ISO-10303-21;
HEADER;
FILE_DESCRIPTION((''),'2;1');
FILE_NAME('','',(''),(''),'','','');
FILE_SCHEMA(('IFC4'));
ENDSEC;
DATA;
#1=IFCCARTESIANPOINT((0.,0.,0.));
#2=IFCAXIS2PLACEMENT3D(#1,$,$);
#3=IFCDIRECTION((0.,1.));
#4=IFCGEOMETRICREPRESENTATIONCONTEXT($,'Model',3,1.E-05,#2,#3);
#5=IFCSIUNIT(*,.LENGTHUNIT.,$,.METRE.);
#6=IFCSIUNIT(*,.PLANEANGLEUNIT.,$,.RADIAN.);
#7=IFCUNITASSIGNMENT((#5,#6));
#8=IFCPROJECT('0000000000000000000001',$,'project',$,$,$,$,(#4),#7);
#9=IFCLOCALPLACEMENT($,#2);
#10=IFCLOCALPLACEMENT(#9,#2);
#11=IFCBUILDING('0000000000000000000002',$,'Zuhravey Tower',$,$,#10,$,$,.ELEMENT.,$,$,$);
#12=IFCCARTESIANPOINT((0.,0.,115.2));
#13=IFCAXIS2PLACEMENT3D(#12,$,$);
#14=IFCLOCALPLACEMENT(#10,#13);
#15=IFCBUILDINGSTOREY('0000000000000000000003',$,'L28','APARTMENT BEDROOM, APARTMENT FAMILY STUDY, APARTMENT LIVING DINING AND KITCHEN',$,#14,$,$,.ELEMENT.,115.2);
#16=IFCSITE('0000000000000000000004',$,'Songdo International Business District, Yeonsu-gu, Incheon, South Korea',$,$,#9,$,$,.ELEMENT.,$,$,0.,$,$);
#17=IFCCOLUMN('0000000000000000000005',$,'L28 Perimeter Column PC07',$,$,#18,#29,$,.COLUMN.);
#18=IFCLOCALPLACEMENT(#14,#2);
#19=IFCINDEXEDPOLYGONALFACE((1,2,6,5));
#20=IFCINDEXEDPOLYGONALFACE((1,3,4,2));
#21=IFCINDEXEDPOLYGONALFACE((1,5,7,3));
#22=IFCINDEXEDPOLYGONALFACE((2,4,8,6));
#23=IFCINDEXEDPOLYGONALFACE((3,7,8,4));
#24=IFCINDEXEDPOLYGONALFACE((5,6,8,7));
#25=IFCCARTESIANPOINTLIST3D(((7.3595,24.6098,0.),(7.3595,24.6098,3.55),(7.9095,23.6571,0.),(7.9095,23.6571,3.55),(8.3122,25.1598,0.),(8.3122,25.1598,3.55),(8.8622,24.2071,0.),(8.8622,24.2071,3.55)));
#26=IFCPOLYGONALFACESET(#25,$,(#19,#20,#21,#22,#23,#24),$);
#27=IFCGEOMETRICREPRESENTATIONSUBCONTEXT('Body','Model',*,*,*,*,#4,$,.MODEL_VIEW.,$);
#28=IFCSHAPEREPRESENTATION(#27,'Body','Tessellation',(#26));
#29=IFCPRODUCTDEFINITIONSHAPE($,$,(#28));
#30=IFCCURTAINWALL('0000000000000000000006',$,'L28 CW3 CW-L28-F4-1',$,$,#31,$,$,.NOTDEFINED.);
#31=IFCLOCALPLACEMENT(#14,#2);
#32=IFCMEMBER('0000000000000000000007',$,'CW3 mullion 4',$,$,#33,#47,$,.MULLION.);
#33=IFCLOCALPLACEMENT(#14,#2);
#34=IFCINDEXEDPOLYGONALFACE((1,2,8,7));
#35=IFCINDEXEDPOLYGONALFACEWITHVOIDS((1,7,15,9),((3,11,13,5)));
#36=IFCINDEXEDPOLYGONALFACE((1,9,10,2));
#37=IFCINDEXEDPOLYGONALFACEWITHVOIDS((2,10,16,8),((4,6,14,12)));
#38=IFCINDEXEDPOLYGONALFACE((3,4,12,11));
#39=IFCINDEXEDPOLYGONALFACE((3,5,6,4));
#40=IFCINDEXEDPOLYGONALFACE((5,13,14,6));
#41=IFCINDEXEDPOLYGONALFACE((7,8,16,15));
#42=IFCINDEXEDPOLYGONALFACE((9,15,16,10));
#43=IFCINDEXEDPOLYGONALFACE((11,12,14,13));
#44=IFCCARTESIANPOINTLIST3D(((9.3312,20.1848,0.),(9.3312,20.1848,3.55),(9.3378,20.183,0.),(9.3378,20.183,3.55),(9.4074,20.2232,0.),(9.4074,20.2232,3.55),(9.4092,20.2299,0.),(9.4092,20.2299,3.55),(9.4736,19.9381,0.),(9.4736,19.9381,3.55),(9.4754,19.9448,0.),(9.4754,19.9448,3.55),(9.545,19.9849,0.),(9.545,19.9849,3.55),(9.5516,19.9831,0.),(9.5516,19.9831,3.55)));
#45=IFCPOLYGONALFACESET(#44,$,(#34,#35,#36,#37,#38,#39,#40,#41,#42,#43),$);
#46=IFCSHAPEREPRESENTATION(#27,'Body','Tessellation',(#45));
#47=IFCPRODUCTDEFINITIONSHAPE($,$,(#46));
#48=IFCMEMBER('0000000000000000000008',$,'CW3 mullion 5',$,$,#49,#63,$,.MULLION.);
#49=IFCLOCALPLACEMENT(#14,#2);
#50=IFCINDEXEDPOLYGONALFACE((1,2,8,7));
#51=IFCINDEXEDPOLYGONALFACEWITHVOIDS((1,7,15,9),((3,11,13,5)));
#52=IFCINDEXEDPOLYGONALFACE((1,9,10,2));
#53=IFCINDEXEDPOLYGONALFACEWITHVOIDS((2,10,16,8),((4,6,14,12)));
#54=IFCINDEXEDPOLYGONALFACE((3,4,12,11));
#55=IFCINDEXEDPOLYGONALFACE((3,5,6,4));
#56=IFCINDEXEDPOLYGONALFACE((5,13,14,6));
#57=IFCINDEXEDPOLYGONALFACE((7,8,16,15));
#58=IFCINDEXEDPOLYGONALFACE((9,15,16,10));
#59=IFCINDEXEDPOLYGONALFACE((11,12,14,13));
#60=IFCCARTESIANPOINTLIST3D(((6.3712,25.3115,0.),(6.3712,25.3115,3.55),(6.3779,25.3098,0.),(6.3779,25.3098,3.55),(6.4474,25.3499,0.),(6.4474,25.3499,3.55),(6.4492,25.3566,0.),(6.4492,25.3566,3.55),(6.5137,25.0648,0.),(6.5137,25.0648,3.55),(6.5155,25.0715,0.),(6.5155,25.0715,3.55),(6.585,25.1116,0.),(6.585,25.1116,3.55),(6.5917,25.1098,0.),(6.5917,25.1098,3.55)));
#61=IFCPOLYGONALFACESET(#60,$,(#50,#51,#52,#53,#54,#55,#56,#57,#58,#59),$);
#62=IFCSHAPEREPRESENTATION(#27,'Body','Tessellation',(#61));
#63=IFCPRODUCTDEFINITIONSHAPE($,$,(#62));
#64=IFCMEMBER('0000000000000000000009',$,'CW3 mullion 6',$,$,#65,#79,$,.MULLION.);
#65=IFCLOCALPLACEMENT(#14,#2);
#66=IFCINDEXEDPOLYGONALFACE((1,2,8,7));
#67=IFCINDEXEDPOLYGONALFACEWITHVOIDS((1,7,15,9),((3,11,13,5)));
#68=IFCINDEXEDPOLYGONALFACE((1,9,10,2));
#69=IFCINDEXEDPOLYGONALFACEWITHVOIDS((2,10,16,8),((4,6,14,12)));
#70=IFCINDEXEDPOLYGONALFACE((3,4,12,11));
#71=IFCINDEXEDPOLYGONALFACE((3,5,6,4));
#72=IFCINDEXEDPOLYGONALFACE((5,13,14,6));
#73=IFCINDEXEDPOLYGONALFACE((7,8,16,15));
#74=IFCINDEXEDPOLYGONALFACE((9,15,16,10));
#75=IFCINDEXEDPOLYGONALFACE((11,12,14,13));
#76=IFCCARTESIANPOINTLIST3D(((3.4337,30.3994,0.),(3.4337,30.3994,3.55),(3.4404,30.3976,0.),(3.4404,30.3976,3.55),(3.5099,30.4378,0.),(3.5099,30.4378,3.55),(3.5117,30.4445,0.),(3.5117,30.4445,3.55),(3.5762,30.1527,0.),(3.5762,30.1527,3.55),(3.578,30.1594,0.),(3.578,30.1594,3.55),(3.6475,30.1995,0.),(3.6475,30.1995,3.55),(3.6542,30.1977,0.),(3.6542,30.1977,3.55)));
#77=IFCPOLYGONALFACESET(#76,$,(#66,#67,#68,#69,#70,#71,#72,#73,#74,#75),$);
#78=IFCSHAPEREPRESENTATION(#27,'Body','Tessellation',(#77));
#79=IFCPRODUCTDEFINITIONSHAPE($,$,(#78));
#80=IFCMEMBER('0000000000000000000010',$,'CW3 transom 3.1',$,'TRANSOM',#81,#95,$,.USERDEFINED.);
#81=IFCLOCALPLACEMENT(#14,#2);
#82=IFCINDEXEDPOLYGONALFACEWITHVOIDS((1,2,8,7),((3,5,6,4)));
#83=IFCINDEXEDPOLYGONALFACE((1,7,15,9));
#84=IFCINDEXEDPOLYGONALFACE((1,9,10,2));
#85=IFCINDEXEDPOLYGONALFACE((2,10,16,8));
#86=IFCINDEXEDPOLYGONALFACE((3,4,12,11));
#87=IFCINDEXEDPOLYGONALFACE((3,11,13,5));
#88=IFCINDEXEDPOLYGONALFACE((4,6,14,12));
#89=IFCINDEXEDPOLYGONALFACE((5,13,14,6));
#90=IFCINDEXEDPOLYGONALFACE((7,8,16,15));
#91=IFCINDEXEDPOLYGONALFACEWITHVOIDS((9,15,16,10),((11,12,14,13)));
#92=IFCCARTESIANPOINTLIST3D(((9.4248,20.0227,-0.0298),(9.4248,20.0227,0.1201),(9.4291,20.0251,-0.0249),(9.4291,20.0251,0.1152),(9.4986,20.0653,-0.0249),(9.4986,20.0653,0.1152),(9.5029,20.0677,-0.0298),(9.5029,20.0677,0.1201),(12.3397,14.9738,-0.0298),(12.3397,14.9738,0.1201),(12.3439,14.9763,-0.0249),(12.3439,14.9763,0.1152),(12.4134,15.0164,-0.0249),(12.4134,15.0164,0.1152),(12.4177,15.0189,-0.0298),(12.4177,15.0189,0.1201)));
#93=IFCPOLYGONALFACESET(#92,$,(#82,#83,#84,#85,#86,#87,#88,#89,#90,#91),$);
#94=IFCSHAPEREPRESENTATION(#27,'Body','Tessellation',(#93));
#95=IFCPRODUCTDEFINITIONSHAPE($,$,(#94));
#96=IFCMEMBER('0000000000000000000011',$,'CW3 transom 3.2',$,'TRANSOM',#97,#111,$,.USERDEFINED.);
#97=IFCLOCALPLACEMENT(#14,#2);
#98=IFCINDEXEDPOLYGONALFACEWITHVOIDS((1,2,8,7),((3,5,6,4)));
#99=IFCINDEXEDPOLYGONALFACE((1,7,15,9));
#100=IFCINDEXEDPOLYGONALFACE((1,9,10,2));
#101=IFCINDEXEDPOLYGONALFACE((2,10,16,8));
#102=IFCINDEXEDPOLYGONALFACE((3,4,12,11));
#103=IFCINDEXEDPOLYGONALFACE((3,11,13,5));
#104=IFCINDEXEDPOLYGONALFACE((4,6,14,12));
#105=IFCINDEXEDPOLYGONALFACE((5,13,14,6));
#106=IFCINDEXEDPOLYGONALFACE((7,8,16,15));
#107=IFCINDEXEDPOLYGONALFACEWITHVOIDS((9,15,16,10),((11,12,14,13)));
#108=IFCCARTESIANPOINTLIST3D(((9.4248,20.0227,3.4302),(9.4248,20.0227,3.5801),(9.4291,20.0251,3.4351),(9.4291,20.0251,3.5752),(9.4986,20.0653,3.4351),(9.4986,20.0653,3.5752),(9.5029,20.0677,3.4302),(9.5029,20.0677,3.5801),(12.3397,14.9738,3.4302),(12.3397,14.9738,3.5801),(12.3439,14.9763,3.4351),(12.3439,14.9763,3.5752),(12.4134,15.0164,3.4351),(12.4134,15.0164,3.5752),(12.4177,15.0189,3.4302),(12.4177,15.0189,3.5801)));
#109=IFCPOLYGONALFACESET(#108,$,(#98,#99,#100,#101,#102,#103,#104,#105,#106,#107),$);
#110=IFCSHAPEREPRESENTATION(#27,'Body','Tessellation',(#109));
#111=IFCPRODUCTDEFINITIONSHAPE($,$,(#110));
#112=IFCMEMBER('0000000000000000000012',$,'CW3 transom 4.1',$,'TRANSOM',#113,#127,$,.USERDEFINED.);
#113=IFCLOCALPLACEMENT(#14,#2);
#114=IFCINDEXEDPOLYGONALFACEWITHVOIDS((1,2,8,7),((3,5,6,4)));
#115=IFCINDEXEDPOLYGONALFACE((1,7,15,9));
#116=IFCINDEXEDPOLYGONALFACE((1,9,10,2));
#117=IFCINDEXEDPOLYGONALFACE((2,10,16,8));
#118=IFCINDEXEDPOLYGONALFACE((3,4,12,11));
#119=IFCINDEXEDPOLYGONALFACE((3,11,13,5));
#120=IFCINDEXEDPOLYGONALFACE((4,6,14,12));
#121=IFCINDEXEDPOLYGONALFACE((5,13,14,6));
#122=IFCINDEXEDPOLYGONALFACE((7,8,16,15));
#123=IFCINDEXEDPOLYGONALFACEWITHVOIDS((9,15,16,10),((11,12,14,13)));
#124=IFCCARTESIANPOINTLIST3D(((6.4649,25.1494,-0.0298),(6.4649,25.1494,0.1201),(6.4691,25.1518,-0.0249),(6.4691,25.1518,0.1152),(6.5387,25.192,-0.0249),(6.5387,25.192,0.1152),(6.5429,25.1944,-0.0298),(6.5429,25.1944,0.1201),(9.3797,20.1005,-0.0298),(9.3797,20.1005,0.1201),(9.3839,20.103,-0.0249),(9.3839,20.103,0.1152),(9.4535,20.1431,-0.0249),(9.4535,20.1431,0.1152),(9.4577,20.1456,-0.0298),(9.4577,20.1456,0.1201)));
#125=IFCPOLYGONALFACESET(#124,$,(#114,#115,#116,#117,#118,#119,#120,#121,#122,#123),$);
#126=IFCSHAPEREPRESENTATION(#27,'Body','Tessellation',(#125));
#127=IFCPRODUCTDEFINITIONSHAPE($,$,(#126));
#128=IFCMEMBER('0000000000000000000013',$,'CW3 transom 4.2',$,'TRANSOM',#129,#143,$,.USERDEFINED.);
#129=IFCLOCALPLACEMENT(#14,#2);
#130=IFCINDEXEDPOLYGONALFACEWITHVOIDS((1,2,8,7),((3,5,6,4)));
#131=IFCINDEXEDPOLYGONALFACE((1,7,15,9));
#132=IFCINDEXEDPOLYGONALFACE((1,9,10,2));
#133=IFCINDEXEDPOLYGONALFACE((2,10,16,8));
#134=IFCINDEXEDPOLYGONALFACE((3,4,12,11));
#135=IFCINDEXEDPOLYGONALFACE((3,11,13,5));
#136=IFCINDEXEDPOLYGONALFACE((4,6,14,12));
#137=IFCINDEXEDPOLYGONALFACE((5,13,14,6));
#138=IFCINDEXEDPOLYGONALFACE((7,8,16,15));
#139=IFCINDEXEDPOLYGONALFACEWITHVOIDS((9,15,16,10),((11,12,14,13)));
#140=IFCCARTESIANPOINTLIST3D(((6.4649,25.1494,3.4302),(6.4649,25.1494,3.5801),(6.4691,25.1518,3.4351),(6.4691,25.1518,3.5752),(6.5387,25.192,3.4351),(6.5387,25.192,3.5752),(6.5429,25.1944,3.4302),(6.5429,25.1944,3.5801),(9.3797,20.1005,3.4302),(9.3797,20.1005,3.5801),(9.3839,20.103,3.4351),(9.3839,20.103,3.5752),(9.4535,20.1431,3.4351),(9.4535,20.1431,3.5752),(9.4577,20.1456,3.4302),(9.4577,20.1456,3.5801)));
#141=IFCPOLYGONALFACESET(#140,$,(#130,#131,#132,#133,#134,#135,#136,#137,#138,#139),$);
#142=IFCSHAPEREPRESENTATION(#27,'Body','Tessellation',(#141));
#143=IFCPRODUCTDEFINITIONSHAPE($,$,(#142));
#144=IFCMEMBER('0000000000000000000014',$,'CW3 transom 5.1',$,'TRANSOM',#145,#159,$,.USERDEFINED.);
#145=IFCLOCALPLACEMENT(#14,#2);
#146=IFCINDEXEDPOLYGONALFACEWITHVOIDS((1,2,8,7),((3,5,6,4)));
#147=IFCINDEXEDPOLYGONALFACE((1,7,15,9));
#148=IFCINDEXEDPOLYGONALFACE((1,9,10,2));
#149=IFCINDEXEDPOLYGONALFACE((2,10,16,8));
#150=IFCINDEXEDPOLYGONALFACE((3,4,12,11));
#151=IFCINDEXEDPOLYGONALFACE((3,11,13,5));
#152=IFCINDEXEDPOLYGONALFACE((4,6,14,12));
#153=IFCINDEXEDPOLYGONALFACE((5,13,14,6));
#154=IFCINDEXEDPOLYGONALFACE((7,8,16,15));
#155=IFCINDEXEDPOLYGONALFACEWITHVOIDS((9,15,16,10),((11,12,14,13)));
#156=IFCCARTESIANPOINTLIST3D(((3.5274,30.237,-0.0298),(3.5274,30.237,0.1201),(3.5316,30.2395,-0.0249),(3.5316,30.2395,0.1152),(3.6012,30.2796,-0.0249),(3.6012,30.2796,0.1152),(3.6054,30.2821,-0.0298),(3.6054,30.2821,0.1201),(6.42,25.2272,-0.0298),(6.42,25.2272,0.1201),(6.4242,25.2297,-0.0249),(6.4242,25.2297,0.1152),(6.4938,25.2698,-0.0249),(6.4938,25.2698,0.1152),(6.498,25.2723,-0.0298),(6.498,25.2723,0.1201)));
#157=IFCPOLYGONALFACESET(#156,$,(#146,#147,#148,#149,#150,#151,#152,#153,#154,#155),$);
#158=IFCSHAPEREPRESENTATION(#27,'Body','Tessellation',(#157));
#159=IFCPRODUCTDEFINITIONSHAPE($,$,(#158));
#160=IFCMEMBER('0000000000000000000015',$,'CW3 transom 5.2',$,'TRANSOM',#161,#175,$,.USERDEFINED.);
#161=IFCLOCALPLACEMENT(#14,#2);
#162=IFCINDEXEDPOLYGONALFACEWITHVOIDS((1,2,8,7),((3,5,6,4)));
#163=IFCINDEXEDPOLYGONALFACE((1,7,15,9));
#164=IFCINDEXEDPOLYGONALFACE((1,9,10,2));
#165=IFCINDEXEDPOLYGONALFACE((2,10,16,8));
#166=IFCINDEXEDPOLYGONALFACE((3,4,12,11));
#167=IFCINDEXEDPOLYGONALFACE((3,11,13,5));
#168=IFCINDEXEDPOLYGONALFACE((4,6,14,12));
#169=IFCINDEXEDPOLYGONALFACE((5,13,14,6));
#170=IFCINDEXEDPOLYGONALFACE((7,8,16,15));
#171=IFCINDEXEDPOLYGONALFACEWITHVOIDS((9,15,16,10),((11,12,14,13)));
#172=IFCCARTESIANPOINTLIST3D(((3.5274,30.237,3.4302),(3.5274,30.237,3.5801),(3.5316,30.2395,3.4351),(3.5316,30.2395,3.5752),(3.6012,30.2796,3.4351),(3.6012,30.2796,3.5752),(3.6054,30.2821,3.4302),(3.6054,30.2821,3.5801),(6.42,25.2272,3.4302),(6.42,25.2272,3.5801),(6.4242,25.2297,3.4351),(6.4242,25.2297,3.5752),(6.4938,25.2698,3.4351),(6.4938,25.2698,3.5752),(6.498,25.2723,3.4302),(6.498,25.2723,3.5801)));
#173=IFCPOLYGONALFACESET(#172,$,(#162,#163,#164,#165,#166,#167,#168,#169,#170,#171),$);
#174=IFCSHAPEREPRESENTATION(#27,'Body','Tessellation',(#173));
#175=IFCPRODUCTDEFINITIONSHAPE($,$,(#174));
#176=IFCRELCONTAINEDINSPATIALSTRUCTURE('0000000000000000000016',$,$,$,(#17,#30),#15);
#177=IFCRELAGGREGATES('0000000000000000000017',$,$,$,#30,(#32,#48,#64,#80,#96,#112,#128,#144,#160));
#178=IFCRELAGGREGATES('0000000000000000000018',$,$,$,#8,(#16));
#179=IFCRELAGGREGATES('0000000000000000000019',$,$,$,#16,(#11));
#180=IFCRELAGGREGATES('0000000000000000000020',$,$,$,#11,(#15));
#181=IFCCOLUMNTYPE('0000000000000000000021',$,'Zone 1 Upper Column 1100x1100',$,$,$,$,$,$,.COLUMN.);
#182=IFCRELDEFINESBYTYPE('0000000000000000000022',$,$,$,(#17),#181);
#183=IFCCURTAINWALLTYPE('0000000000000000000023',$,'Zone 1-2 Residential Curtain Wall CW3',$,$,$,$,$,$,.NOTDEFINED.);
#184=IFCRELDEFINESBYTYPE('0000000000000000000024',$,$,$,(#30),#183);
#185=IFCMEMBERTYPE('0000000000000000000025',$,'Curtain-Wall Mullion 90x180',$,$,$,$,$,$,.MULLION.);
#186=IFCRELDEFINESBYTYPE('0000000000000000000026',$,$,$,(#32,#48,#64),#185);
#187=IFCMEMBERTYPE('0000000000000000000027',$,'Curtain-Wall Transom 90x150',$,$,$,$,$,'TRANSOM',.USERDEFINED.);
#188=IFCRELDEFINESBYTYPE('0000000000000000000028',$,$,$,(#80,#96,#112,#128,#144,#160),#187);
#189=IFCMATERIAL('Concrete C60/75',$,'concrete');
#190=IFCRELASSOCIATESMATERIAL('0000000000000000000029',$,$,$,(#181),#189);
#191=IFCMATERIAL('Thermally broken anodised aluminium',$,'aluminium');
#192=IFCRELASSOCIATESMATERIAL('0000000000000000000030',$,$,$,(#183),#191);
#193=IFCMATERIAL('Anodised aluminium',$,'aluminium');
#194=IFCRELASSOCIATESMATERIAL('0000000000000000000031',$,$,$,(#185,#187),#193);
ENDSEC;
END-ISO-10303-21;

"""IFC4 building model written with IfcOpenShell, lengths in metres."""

from ifc_helpers import new_model, si_unit, direction, frame, origin, origin_2d, place, context, subcontext, project, spatial, rectangle, hollow_rectangle, extrude, material, material_profile, profile_set, type_object, element, aggregate, save


model = new_model("IFC4")

# Units and contexts
model_context = context("Model", 3, precision=1e-05, world=origin(), true_north=direction((0.0, 1.0)))
body_context = subcontext(model_context, "Body", "Model", "MODEL_VIEW")
ifc_project = project(units=[si_unit("LENGTHUNIT", "METRE"), si_unit("PLANEANGLEUNIT", "RADIAN")], contexts=[model_context])

# Site, building, storey
site_placement = place(None, origin())
site = spatial("IfcSite", under=ifc_project, at=site_placement, Name="Songdo International Business District, Yeonsu-gu, Incheon, South Korea", CompositionType="ELEMENT", RefElevation=0.0)
building_placement = place(site_placement, origin())
building = spatial("IfcBuilding", under=site, at=building_placement, Name="Zuhravey Tower", CompositionType="ELEMENT")
storey_placement = place(building_placement, frame((0.0, 0.0, 115.2)))
storey = spatial("IfcBuildingStorey", under=building, at=storey_placement, Name="L28", Description="APARTMENT BEDROOM, APARTMENT FAMILY STUDY, APARTMENT LIVING DINING AND KITCHEN", CompositionType="ELEMENT", Elevation=115.2)

# Column
ifc_material_1 = material(Name="Concrete C60/75", Category="concrete")
ifc_material_profile_1 = material_profile(ifc_material_1, rectangle(XDim=1.1001, YDim=1.1001, at=origin_2d()), Name="RC-1100x1100")
ifc_profile_set_1 = profile_set([ifc_material_profile_1], Name="Concrete C60/75")
column_type = type_object("IfcColumnType", Name="Zone 1 Upper Column 1100x1100", PredefinedType="COLUMN", material=ifc_profile_set_1)
column_placement = place(storey_placement, frame((8.1108, 24.4084, 0.0), z_axis=(0.0, 0.0, 1.0), x_axis=(0.5, -0.866025, 0.0)))
element("IfcColumn", 1, at=column_placement, inside=storey, type_object=column_type, Name="L28 Perimeter Column PC07", PredefinedType="COLUMN", context=body_context, shape_type="SweptSolid", body=[
    extrude(rectangle(XDim=1.1001, YDim=1.1001, at=origin_2d()), origin(), (0.0, 0.0, 1.0), 3.55),
])

# Curtain wall, members
ifc_material_2 = material(Name="Thermally broken anodised aluminium", Category="aluminium")
curtain_wall_type = type_object("IfcCurtainWallType", Name="Zone 1-2 Residential Curtain Wall CW3", PredefinedType="NOTDEFINED", material=ifc_material_2)
curtain_wall_placement = place(storey_placement, origin())
curtain_wall = element("IfcCurtainWall", 2, at=curtain_wall_placement, inside=storey, type_object=curtain_wall_type, Name="L28 CW3 CW-L28-F4-1", PredefinedType="NOTDEFINED")
ifc_material_3 = material(Name="Anodised aluminium", Category="aluminium")
ifc_material_profile_2 = material_profile(ifc_material_3, hollow_rectangle(XDim=0.0901, YDim=0.2849, WallThickness=0.0049, at=origin_2d()), Name="ALU-RHS-90x285x5")
ifc_profile_set_2 = profile_set([ifc_material_profile_2], Name="Anodised aluminium")
member_type_1 = type_object("IfcMemberType", Name="Curtain-Wall Mullion 90x180", PredefinedType="MULLION", material=ifc_profile_set_2)
member_1_placement = place(storey_placement, frame((9.4414, 20.084, 0.0), z_axis=(0.0, 0.0, 1.0), x_axis=(-0.866026, -0.5, 0.0)))
member_1 = element("IfcMember", 3, at=member_1_placement, type_object=member_type_1, Name="CW3 mullion 4", PredefinedType="MULLION", context=body_context, shape_type="SweptSolid", body=[
    extrude(hollow_rectangle(XDim=0.0901, YDim=0.2849, WallThickness=0.0049, at=origin_2d()), origin(), (0.0, 0.0, 1.0), 3.55),
])
member_2_placement = place(storey_placement, frame((6.4814, 25.2107, 0.0), z_axis=(0.0, 0.0, 1.0), x_axis=(-0.866026, -0.5, 0.0)))
member_2 = element("IfcMember", 4, at=member_2_placement, type_object=member_type_1, Name="CW3 mullion 5", PredefinedType="MULLION", context=body_context, shape_type="SweptSolid", body=[
    extrude(hollow_rectangle(XDim=0.0901, YDim=0.2849, WallThickness=0.0049, at=origin_2d()), origin(), (0.0, 0.0, 1.0), 3.55),
])
member_3_placement = place(storey_placement, frame((3.5439, 30.2986, 0.0), z_axis=(0.0, 0.0, 1.0), x_axis=(-0.866026, -0.5, 0.0)))
member_3 = element("IfcMember", 5, at=member_3_placement, type_object=member_type_1, Name="CW3 mullion 6", PredefinedType="MULLION", context=body_context, shape_type="SweptSolid", body=[
    extrude(hollow_rectangle(XDim=0.0901, YDim=0.2849, WallThickness=0.0049, at=origin_2d()), origin(), (0.0, 0.0, 1.0), 3.55),
])
ifc_material_profile_3 = material_profile(ifc_material_3, hollow_rectangle(XDim=0.0901, YDim=0.1499, WallThickness=0.0049, at=origin_2d()), Name="ALU-RHS-90x150x5")
ifc_profile_set_3 = profile_set([ifc_material_profile_3], Name="Anodised aluminium")
member_type_2 = type_object("IfcMemberType", Name="Curtain-Wall Transom 90x150", ElementType="TRANSOM", PredefinedType="USERDEFINED", material=ifc_profile_set_3)
member_4_placement = place(storey_placement, frame((12.3787, 14.9963, 0.0452), z_axis=(-0.499981, 0.866036, 0.0), x_axis=(-0.866036, -0.499981, 0.0)))
member_4 = element("IfcMember", 6, at=member_4_placement, type_object=member_type_2, Name="CW3 transom 3.1", ObjectType="TRANSOM", PredefinedType="USERDEFINED", context=body_context, shape_type="SweptSolid", body=[
    extrude(hollow_rectangle(XDim=0.0901, YDim=0.1499, WallThickness=0.0049, at=origin_2d()), origin(), (0.0, 0.0, 1.0), 5.8298),
])
member_5_placement = place(storey_placement, frame((12.3787, 14.9963, 3.5051), z_axis=(-0.499981, 0.866036, 0.0), x_axis=(-0.866036, -0.499981, 0.0)))
member_5 = element("IfcMember", 7, at=member_5_placement, type_object=member_type_2, Name="CW3 transom 3.2", ObjectType="TRANSOM", PredefinedType="USERDEFINED", context=body_context, shape_type="SweptSolid", body=[
    extrude(hollow_rectangle(XDim=0.0901, YDim=0.1499, WallThickness=0.0049, at=origin_2d()), origin(), (0.0, 0.0, 1.0), 5.8298),
])
member_6_placement = place(storey_placement, frame((9.4187, 20.123, 0.0452), z_axis=(-0.499981, 0.866036, 0.0), x_axis=(-0.866036, -0.499981, 0.0)))
member_6 = element("IfcMember", 8, at=member_6_placement, type_object=member_type_2, Name="CW3 transom 4.1", ObjectType="TRANSOM", PredefinedType="USERDEFINED", context=body_context, shape_type="SweptSolid", body=[
    extrude(hollow_rectangle(XDim=0.0901, YDim=0.1499, WallThickness=0.0049, at=origin_2d()), origin(), (0.0, 0.0, 1.0), 5.8298),
])
member_7_placement = place(storey_placement, frame((9.4187, 20.123, 3.5051), z_axis=(-0.499981, 0.866036, 0.0), x_axis=(-0.866036, -0.499981, 0.0)))
member_7 = element("IfcMember", 9, at=member_7_placement, type_object=member_type_2, Name="CW3 transom 4.2", ObjectType="TRANSOM", PredefinedType="USERDEFINED", context=body_context, shape_type="SweptSolid", body=[
    extrude(hollow_rectangle(XDim=0.0901, YDim=0.1499, WallThickness=0.0049, at=origin_2d()), origin(), (0.0, 0.0, 1.0), 5.8298),
])
member_8_placement = place(storey_placement, frame((6.459, 25.2498, 0.0452), z_axis=(-0.500024, 0.866011, 0.0), x_axis=(-0.866011, -0.500024, 0.0)))
member_8 = element("IfcMember", 10, at=member_8_placement, type_object=member_type_2, Name="CW3 transom 5.1", ObjectType="TRANSOM", PredefinedType="USERDEFINED", context=body_context, shape_type="SweptSolid", body=[
    extrude(hollow_rectangle(XDim=0.0901, YDim=0.1499, WallThickness=0.0049, at=origin_2d()), origin(), (0.0, 0.0, 1.0), 5.7849),
])
member_9_placement = place(storey_placement, frame((6.459, 25.2498, 3.5051), z_axis=(-0.500024, 0.866011, 0.0), x_axis=(-0.866011, -0.500024, 0.0)))
member_9 = element("IfcMember", 11, at=member_9_placement, type_object=member_type_2, Name="CW3 transom 5.2", ObjectType="TRANSOM", PredefinedType="USERDEFINED", context=body_context, shape_type="SweptSolid", body=[
    extrude(hollow_rectangle(XDim=0.0901, YDim=0.1499, WallThickness=0.0049, at=origin_2d()), origin(), (0.0, 0.0, 1.0), 5.7849),
])

aggregate(curtain_wall, [member_1, member_2, member_3, member_4, member_5, member_6, member_7, member_8, member_9])

save(model, "model.ifc")
